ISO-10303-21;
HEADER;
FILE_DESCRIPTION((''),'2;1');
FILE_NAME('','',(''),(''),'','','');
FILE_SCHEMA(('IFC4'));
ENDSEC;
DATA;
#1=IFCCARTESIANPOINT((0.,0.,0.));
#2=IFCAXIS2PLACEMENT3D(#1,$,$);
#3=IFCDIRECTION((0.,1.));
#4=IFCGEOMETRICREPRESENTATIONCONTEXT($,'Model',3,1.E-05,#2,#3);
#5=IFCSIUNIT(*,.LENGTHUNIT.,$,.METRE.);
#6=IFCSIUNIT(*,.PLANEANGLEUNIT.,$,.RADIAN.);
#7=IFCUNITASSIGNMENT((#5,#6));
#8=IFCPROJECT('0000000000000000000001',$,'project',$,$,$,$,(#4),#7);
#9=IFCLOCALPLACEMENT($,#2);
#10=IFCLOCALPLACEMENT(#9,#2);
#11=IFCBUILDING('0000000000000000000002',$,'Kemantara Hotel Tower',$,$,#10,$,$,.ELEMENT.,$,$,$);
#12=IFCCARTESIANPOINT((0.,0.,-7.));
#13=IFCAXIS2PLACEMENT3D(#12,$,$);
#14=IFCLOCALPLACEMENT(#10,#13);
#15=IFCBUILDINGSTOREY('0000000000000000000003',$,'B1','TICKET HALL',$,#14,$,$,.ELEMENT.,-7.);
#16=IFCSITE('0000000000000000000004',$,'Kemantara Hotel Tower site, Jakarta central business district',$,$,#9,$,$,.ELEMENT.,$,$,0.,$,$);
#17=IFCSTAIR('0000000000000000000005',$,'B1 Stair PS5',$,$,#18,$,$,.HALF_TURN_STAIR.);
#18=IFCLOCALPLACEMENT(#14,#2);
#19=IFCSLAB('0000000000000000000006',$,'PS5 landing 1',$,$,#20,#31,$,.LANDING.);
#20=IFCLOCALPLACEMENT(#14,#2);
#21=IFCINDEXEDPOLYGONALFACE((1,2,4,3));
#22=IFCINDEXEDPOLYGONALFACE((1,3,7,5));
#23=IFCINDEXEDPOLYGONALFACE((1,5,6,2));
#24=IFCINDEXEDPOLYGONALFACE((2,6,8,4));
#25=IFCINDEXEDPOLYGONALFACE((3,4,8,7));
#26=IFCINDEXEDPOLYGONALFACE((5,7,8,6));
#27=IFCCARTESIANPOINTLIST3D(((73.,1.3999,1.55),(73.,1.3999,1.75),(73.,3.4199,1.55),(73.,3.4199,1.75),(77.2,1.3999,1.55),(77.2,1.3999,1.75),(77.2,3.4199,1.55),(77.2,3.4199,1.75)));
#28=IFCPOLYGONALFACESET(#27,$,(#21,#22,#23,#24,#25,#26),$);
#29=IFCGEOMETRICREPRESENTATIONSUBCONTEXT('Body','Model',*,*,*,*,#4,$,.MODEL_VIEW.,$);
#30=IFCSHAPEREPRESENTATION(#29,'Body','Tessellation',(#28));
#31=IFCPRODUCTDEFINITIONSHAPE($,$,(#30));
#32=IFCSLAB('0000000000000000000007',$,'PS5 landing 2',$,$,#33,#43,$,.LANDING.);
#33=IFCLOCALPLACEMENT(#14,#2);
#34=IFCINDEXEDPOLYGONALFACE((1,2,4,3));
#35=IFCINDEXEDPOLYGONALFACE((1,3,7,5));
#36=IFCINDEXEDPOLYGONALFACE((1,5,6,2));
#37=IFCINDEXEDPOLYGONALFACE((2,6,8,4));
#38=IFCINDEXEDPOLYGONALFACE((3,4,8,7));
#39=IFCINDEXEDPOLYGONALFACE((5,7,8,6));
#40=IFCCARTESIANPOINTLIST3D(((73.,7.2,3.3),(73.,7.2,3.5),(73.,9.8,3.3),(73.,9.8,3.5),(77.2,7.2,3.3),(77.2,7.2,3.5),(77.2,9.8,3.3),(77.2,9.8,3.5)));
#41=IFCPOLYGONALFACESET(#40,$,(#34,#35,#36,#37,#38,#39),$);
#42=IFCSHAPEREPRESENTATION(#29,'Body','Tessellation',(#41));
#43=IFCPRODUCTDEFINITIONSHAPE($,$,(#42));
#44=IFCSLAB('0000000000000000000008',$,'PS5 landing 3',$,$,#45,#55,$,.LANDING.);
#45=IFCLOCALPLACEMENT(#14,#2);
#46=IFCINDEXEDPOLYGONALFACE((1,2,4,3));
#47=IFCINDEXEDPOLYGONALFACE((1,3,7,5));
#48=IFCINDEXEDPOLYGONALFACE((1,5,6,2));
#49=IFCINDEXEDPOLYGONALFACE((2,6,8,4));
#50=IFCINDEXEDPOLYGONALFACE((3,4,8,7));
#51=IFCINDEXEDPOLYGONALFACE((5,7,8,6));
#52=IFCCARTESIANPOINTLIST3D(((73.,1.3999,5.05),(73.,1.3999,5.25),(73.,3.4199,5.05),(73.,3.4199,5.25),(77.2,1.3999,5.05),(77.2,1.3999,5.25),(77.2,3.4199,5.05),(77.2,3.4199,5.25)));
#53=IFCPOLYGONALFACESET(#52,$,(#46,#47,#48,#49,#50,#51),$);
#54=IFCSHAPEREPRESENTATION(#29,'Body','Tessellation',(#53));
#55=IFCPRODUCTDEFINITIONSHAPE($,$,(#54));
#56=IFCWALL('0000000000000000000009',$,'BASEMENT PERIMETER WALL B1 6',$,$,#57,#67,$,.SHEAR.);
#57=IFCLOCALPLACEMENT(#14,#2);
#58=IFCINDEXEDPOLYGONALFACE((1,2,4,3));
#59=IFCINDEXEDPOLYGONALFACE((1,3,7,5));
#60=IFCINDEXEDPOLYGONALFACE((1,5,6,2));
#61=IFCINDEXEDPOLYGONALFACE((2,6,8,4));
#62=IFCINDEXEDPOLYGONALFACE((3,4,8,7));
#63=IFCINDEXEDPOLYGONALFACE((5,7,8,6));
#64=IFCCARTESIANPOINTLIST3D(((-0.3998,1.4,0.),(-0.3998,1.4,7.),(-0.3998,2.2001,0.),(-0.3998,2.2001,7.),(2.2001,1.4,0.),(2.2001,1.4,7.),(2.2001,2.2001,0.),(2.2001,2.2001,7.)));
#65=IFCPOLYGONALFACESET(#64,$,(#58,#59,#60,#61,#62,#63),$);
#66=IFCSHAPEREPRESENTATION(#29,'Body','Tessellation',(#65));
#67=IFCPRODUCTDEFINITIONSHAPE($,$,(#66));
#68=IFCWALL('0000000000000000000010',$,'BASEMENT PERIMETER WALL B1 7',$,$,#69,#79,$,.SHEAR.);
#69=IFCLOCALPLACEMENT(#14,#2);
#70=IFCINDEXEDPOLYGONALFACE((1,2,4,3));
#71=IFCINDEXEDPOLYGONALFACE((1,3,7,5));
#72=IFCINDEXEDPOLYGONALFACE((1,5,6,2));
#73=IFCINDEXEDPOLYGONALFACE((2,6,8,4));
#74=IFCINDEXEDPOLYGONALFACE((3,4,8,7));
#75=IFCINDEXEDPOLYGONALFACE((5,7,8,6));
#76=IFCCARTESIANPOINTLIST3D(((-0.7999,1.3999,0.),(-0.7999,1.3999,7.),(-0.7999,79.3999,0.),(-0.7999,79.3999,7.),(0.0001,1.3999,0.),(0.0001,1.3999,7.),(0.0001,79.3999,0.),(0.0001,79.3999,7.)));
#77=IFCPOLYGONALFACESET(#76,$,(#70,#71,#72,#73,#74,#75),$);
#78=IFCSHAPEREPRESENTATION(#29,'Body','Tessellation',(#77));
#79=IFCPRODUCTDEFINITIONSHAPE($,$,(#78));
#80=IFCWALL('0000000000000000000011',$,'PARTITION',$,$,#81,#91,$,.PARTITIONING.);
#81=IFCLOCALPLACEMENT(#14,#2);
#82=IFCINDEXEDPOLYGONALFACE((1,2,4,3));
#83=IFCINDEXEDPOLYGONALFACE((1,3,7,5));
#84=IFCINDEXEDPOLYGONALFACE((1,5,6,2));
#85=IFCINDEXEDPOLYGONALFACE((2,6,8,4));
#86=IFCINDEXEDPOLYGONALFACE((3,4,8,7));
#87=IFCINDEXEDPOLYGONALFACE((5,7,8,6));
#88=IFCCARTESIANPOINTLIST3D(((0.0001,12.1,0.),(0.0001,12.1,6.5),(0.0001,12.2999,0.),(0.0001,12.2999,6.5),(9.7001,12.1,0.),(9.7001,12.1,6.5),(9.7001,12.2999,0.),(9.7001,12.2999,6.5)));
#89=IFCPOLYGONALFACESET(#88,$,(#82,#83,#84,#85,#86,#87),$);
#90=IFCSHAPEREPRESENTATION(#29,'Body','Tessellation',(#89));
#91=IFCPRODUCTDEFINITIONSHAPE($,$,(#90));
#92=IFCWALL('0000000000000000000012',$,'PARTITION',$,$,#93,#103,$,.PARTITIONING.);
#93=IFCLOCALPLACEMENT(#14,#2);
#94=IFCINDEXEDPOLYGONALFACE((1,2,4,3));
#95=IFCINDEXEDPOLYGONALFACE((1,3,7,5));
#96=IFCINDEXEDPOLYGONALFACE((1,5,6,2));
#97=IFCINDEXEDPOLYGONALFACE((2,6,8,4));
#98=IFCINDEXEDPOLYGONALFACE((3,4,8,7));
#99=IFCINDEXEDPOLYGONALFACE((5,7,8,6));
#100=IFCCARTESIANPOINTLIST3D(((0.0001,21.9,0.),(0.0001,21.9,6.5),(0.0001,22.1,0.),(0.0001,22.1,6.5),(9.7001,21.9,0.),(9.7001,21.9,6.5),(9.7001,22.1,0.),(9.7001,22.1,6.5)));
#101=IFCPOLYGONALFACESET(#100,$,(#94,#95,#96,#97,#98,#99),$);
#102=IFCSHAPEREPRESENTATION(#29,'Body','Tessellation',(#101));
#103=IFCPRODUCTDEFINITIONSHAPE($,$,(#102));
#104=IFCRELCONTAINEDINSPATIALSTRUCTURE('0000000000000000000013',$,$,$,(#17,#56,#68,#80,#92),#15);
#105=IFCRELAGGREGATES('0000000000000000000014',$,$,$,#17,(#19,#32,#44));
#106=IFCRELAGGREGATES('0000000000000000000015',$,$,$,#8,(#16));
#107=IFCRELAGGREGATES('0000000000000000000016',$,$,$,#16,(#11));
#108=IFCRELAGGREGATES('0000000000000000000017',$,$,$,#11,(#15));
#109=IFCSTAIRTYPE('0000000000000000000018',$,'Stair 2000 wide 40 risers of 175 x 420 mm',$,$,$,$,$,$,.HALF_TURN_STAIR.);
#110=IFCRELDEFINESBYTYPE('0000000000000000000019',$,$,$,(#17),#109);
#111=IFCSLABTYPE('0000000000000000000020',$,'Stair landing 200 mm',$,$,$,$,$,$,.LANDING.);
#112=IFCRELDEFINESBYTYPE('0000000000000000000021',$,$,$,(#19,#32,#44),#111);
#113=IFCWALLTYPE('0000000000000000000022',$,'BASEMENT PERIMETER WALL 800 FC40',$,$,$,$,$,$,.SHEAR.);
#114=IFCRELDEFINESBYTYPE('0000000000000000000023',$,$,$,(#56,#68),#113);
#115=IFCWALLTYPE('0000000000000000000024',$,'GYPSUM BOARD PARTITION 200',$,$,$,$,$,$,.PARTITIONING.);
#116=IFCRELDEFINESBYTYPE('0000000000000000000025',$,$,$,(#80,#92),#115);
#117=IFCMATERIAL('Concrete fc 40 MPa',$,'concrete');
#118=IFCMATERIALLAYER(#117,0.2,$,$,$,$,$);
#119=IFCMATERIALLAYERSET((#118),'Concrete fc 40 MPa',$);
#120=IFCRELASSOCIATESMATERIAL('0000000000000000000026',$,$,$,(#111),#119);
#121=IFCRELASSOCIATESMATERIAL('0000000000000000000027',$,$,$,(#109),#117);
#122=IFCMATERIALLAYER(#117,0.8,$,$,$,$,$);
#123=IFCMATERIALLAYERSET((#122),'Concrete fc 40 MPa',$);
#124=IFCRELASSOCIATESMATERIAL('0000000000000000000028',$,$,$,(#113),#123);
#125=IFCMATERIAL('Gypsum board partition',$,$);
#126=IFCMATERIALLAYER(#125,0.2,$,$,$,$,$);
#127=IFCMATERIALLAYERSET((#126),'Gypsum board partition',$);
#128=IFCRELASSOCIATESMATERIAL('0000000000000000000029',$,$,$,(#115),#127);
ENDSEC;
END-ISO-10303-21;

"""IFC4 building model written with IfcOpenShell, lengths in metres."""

from ifc_helpers import new_model, si_unit, direction, frame, frame_2d, origin, place, context, subcontext, project, spatial, polyline, rectangle, outline, extrude, material, layer, layer_set, type_object, element, aggregate, save


model = new_model("IFC4")

# Units and contexts
model_context = context("Model", 3, precision=1e-05, world=origin(), true_north=direction((0.0, 1.0)))
body_context = subcontext(model_context, "Body", "Model", "MODEL_VIEW")
ifc_project = project(units=[si_unit("LENGTHUNIT", "METRE"), si_unit("PLANEANGLEUNIT", "RADIAN")], contexts=[model_context])

# Site, building, storey
site_placement = place(None, origin())
site = spatial("IfcSite", under=ifc_project, at=site_placement, Name="Kemantara Hotel Tower site, Jakarta central business district", CompositionType="ELEMENT", RefElevation=0.0)
building_placement = place(site_placement, origin())
building = spatial("IfcBuilding", under=site, at=building_placement, Name="Kemantara Hotel Tower", CompositionType="ELEMENT")
storey_placement = place(building_placement, frame((0.0, 0.0, -7.0)))
storey = spatial("IfcBuildingStorey", under=building, at=storey_placement, Name="B1", Description="TICKET HALL", CompositionType="ELEMENT", Elevation=-7.0)

# Shared definitions
ifc_material_1 = material(Name="Concrete fc 40 MPa", Category="concrete")

# Stair, slabs
ifc_layer_1 = layer(ifc_material_1, 0.2)
ifc_layer_set_1 = layer_set([ifc_layer_1], Name="Concrete fc 40 MPa")
slab_type_1 = type_object("IfcSlabType", Name="Stair landing 200 mm", PredefinedType="LANDING", material=ifc_layer_set_1)
stair_type_1 = type_object("IfcStairType", Name="Stair 2000 wide 40 risers of 175 x 420 mm", PredefinedType="HALF_TURN_STAIR", material=ifc_material_1)
stair_1_placement = place(storey_placement, origin())
stair_1 = element("IfcStair", 1, at=stair_1_placement, inside=storey, type_object=stair_type_1, Name="B1 Stair PS5", PredefinedType="HALF_TURN_STAIR")
slab_1_placement = place(storey_placement, frame((0.0, 0.0, 1.55)))
slab_1 = element("IfcSlab", 2, at=slab_1_placement, type_object=slab_type_1, Name="PS5 landing 1", PredefinedType="LANDING", context=body_context, shape_type="SweptSolid", body=[
    extrude(outline(polyline([(73.0, 3.4199), (73.0, 1.3999), (77.2, 1.3999), (77.2, 3.4199), (73.0, 3.4199)])), origin(), (0.0, 0.0, 1.0), 0.2),
])
slab_2_placement = place(storey_placement, frame((0.0, 0.0, 3.3)))
slab_2 = element("IfcSlab", 3, at=slab_2_placement, type_object=slab_type_1, Name="PS5 landing 2", PredefinedType="LANDING", context=body_context, shape_type="SweptSolid", body=[
    extrude(outline(polyline([(73.0, 9.8), (73.0, 7.2), (77.2, 7.2), (77.2, 9.8), (73.0, 9.8)])), origin(), (0.0, 0.0, 1.0), 0.2),
])
slab_3_placement = place(storey_placement, frame((0.0, 0.0, 5.05)))
slab_3 = element("IfcSlab", 4, at=slab_3_placement, type_object=slab_type_1, Name="PS5 landing 3", PredefinedType="LANDING", context=body_context, shape_type="SweptSolid", body=[
    extrude(outline(polyline([(73.0, 3.4199), (73.0, 1.3999), (77.2, 1.3999), (77.2, 3.4199), (73.0, 3.4199)])), origin(), (0.0, 0.0, 1.0), 0.2),
])
aggregate(stair_1, [slab_1, slab_2, slab_3])

# Walls
ifc_layer_2 = layer(ifc_material_1, 0.8)
ifc_layer_set_2 = layer_set([ifc_layer_2], Name="Concrete fc 40 MPa")
wall_type_1 = type_object("IfcWallType", Name="BASEMENT PERIMETER WALL 800 FC40", PredefinedType="SHEAR", material=ifc_layer_set_2)
wall_1_placement = place(storey_placement, frame((2.2, 1.8, 0.0), z_axis=(0.0, 0.0, 1.0), x_axis=(-1.0, 0.0, 0.0)))
element("IfcWall", 5, at=wall_1_placement, inside=storey, type_object=wall_type_1, Name="BASEMENT PERIMETER WALL B1 6", PredefinedType="SHEAR", context=body_context, shape_type="SweptSolid", body=[
    extrude(rectangle(XDim=2.5999, YDim=0.8, at=frame_2d((1.2998, 0.0))), origin(), (0.0, 0.0, 1.0), 7.0),
])
wall_2_placement = place(storey_placement, frame((-0.3999, 1.3999, 0.0), z_axis=(0.0, 0.0, 1.0), x_axis=(0.0, 1.0, 0.0)))
element("IfcWall", 6, at=wall_2_placement, inside=storey, type_object=wall_type_1, Name="BASEMENT PERIMETER WALL B1 7", PredefinedType="SHEAR", context=body_context, shape_type="SweptSolid", body=[
    extrude(rectangle(XDim=78.0, YDim=0.8, at=frame_2d((39.0, 0.0))), origin(), (0.0, 0.0, 1.0), 7.0),
])
ifc_material_2 = material(Name="Gypsum board partition")
ifc_layer_3 = layer(ifc_material_2, 0.2)
ifc_layer_set_3 = layer_set([ifc_layer_3], Name="Gypsum board partition")
wall_type_2 = type_object("IfcWallType", Name="GYPSUM BOARD PARTITION 200", PredefinedType="PARTITIONING", material=ifc_layer_set_3)
for number, where, z_axis, x_axis, name in (
    (7, (0.0, 12.2, 0.0), (0.0, 0.0, 1.0), (1.0, 0.0, 0.0), "PARTITION"),
    (8, (0.0, 22.0, 0.0), (0.0, 0.0, 1.0), (1.0, 0.0, 0.0), "PARTITION"),
):
    element("IfcWall", number, at=place(storey_placement, frame(where, z_axis=z_axis, x_axis=x_axis)), inside=storey, type_object=wall_type_2, Name=name, PredefinedType="PARTITIONING", context=body_context, shape_type="SweptSolid", body=[
        extrude(rectangle(XDim=9.7, YDim=0.2, at=frame_2d((4.8501, 0.0))), origin(), (0.0, 0.0, 1.0), 6.5),
    ])

save(model, "model.ifc")
